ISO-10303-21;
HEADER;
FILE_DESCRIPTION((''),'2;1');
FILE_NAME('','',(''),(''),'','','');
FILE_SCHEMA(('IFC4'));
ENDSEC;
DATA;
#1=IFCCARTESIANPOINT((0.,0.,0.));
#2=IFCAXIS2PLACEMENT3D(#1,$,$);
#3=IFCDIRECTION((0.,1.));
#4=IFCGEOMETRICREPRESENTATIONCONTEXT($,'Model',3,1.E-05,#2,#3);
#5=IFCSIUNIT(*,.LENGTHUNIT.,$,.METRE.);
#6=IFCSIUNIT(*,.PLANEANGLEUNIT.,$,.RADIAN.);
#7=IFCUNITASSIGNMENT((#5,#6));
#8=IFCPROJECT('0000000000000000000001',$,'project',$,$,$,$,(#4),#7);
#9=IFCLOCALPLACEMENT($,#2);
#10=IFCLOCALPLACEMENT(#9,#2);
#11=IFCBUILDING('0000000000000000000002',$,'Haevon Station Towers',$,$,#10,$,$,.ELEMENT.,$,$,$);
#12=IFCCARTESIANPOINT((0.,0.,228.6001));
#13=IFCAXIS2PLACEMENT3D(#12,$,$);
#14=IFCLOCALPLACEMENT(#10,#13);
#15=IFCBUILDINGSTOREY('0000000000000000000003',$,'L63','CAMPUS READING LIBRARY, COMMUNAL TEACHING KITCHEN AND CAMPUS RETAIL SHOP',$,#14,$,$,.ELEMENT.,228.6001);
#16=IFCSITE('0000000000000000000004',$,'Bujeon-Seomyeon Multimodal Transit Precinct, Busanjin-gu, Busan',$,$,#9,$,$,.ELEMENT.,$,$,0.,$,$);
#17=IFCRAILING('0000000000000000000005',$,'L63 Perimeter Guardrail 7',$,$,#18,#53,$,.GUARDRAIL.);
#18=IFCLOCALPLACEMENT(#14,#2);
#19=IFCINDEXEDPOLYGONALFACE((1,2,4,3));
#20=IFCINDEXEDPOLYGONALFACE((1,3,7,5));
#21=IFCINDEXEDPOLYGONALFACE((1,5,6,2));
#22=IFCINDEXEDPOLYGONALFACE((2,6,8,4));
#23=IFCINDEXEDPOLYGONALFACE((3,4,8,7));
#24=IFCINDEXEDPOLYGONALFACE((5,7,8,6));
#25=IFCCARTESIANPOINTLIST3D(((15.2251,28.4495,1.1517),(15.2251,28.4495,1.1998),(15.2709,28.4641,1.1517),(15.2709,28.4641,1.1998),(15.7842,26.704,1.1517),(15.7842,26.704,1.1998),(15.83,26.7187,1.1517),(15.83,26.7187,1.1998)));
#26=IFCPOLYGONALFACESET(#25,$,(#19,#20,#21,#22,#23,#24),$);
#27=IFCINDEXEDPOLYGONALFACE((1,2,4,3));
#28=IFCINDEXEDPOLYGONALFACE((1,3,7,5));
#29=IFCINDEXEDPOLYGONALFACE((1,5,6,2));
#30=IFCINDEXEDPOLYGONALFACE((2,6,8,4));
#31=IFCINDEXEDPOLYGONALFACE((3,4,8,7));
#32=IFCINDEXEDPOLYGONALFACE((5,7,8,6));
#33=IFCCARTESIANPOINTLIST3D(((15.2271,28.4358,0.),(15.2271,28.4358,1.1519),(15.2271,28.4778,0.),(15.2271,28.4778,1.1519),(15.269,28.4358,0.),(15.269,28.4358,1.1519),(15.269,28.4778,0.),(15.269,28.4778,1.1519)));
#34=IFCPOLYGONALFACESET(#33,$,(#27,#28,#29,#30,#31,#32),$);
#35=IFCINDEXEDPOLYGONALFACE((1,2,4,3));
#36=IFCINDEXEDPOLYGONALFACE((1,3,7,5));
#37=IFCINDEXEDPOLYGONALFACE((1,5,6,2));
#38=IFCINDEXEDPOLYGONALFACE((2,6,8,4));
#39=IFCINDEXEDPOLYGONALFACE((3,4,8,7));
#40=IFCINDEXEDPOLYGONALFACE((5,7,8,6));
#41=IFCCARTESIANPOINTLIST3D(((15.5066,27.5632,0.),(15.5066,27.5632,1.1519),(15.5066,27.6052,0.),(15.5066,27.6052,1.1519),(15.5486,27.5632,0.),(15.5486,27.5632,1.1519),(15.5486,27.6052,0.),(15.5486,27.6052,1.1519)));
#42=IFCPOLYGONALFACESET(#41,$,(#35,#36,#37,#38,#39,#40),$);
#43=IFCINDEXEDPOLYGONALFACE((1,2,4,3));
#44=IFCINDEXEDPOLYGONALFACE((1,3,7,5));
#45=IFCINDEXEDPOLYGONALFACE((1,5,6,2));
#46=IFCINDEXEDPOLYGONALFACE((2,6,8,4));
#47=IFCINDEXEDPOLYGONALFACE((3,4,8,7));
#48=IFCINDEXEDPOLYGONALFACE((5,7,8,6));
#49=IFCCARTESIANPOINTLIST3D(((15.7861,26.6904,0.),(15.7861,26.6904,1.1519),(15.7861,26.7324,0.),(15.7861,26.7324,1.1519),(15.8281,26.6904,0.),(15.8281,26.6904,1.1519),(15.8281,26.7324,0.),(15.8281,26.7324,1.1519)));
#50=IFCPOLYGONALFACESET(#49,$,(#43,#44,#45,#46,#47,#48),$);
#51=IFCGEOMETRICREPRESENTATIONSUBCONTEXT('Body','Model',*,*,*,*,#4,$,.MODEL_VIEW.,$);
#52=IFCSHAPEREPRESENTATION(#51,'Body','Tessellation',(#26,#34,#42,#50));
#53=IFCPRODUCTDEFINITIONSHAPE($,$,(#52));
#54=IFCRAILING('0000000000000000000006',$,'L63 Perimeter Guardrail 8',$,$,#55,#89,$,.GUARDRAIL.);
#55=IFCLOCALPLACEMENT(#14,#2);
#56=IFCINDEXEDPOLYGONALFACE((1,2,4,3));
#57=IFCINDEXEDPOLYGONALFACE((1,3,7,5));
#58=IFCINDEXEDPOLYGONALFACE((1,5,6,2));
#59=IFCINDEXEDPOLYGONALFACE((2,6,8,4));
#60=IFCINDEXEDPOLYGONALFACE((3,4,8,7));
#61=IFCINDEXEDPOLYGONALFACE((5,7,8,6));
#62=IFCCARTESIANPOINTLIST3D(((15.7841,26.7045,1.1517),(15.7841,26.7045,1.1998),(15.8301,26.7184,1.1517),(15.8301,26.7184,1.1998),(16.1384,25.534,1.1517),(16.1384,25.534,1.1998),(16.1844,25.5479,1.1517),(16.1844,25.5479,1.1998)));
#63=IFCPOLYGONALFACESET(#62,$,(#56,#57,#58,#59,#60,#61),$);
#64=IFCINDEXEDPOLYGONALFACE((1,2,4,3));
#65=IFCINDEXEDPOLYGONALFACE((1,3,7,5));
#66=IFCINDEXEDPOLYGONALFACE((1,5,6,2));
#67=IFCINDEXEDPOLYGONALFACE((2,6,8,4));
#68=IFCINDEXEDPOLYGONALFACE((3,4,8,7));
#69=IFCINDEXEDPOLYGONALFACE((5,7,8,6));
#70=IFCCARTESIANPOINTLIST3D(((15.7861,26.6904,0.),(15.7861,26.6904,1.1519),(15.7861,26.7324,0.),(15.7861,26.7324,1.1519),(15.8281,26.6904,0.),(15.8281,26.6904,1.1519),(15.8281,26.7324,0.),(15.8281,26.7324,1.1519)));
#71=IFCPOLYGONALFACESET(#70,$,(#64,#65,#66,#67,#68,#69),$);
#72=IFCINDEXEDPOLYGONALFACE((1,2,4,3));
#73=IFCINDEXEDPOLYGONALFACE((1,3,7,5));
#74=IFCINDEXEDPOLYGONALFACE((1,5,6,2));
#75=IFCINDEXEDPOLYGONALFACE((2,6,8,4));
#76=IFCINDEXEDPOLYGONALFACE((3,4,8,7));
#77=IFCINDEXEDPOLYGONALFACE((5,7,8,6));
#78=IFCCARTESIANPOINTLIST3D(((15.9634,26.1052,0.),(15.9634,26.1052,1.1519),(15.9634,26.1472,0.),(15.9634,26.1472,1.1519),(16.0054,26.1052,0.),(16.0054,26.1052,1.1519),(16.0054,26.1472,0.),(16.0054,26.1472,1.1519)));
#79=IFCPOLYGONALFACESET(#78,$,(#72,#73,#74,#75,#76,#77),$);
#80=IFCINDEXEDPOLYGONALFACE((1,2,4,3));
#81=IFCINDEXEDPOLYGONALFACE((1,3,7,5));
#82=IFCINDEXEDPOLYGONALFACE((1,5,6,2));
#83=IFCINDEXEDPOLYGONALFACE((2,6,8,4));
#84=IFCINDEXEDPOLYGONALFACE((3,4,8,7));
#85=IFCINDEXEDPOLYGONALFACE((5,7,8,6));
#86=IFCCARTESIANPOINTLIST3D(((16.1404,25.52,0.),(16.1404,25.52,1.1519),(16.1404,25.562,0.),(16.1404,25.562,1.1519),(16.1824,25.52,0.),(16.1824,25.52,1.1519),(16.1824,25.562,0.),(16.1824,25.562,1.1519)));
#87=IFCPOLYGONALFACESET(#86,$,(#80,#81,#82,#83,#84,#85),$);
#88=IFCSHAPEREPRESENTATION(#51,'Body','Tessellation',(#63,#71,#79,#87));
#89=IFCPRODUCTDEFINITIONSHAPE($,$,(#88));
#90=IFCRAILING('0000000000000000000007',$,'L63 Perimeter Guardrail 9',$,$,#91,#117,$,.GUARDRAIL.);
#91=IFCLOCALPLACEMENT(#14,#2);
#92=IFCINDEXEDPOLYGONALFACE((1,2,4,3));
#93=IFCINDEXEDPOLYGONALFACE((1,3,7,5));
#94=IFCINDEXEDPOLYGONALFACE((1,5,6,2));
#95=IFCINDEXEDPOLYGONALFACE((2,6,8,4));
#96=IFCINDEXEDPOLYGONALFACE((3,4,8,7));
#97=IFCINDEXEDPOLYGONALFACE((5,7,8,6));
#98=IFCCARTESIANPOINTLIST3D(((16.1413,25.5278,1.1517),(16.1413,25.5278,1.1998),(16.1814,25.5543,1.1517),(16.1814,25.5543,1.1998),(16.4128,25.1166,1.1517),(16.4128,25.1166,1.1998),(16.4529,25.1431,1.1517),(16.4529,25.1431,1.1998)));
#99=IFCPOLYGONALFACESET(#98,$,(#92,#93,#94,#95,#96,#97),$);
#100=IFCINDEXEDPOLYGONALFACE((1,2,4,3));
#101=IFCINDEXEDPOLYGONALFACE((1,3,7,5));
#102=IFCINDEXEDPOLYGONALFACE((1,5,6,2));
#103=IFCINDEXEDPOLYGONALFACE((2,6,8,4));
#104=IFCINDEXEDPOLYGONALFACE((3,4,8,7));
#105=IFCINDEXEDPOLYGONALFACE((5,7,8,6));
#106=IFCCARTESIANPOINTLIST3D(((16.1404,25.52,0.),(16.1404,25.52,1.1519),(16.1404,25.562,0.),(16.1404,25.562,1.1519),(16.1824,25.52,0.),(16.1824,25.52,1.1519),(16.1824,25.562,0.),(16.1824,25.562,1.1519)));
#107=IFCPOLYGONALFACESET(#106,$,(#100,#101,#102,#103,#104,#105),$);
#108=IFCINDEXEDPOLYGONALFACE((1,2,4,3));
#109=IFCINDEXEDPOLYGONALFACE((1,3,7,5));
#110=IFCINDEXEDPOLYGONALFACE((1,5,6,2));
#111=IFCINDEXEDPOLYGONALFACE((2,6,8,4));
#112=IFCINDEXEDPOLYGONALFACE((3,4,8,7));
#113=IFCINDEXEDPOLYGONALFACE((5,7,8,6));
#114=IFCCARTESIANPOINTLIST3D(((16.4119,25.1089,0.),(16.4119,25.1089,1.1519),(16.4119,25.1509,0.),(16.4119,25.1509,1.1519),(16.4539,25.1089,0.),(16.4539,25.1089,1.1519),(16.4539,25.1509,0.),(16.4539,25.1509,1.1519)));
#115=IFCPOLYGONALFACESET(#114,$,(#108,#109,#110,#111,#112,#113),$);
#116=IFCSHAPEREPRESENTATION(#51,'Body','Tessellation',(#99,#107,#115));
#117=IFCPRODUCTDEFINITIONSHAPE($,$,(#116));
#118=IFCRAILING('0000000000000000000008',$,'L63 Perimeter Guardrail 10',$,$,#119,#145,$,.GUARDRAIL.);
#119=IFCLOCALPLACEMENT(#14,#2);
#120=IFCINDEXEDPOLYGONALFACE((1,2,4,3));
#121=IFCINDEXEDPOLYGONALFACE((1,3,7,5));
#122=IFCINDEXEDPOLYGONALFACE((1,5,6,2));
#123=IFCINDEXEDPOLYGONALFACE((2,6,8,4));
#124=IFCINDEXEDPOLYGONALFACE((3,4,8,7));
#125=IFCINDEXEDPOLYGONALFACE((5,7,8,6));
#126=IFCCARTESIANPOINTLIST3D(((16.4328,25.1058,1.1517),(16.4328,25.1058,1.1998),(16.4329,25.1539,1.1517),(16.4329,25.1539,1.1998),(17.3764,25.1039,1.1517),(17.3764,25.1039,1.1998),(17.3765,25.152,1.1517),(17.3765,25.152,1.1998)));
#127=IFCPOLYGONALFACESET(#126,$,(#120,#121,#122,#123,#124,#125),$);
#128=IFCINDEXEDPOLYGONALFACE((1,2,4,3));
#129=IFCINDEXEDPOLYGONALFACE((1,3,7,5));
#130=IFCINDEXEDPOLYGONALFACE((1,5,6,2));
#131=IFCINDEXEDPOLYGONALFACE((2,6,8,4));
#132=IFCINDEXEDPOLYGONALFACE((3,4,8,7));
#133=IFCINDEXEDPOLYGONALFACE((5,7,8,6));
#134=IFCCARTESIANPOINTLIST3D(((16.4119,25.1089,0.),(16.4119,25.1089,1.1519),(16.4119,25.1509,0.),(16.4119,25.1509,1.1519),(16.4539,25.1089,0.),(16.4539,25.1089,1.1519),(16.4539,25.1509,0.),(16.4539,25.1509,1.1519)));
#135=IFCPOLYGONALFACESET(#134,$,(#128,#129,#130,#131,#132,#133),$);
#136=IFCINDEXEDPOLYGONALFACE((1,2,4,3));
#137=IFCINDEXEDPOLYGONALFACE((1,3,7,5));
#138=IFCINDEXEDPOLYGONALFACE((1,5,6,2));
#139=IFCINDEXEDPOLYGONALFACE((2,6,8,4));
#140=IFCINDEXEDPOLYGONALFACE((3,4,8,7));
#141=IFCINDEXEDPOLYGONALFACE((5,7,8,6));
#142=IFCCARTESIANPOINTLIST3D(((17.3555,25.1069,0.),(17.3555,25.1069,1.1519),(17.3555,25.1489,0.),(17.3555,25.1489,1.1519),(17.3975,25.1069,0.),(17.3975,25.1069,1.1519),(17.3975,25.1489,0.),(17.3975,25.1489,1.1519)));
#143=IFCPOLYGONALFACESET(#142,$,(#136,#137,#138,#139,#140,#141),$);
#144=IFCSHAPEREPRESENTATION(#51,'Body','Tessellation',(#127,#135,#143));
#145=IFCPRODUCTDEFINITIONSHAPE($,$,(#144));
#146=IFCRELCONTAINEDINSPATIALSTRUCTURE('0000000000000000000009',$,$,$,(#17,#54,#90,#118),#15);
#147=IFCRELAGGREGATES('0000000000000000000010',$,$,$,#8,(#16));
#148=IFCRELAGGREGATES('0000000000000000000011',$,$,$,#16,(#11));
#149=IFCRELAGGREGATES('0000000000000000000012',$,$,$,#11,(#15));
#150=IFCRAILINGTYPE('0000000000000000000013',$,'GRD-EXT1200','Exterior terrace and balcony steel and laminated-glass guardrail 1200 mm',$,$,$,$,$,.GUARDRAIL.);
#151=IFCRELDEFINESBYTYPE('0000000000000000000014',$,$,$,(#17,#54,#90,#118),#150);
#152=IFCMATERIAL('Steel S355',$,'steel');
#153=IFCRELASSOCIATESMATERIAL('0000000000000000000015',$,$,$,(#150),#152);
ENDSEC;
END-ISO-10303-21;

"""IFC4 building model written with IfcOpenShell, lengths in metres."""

from ifc_helpers import new_model, si_unit, direction, frame, origin, origin_2d, place, context, subcontext, project, spatial, rectangle, extrude, material, type_object, element, save


model = new_model("IFC4")

# Units and contexts
model_context = context("Model", 3, precision=1e-05, world=origin(), true_north=direction((0.0, 1.0)))
body_context = subcontext(model_context, "Body", "Model", "MODEL_VIEW")
ifc_project = project(units=[si_unit("LENGTHUNIT", "METRE"), si_unit("PLANEANGLEUNIT", "RADIAN")], contexts=[model_context])

# Site, building, storey
site_placement = place(None, origin())
site = spatial("IfcSite", under=ifc_project, at=site_placement, Name="Bujeon-Seomyeon Multimodal Transit Precinct, Busanjin-gu, Busan", CompositionType="ELEMENT", RefElevation=0.0)
building_placement = place(site_placement, origin())
building = spatial("IfcBuilding", under=site, at=building_placement, Name="Haevon Station Towers", CompositionType="ELEMENT")
storey_placement = place(building_placement, frame((0.0, 0.0, 228.6001)))
storey = spatial("IfcBuildingStorey", under=building, at=storey_placement, Name="L63", Description="CAMPUS READING LIBRARY, COMMUNAL TEACHING KITCHEN AND CAMPUS RETAIL SHOP", CompositionType="ELEMENT", Elevation=228.6001)

# Shared definitions
ifc_material_1 = material(Name="Steel S355", Category="steel")

# Railings
railing_type = type_object("IfcRailingType", Name="GRD-EXT1200", Description="Exterior terrace and balcony steel and laminated-glass guardrail 1200 mm", PredefinedType="GUARDRAIL", material=ifc_material_1)
railing_1_placement = place(storey_placement, frame((15.248, 28.4568, 0.0)))
element("IfcRailing", 1, at=railing_1_placement, inside=storey, type_object=railing_type, Name="L63 Perimeter Guardrail 7", PredefinedType="GUARDRAIL", context=body_context, shape_type="SweptSolid", body=[
    extrude(rectangle(XDim=0.0481, YDim=0.0481, at=origin_2d()), frame((0.0, 0.0, 1.1758), z_axis=(0.305056, -0.952334, 0.0), x_axis=(0.952334, 0.305056, 0.0)), (0.0, 0.0, 1.0), 1.8328),
    extrude(rectangle(XDim=0.042, YDim=0.042, at=origin_2d()), origin(), (0.0, 0.0, 1.0), 1.1519),
    extrude(rectangle(XDim=0.042, YDim=0.042, at=origin_2d()), frame((0.2795, -0.8726, 0.0)), (0.0, 0.0, 1.0), 1.1519),
    extrude(rectangle(XDim=0.042, YDim=0.042, at=origin_2d()), frame((0.5591, -1.7454, 0.0)), (0.0, 0.0, 1.0), 1.1519),
])
railing_2_placement = place(storey_placement, frame((15.8071, 26.7114, 0.0)))
element("IfcRailing", 2, at=railing_2_placement, inside=storey, type_object=railing_type, Name="L63 Perimeter Guardrail 8", PredefinedType="GUARDRAIL", context=body_context, shape_type="SweptSolid", body=[
    extrude(rectangle(XDim=0.0481, YDim=0.0481, at=origin_2d()), frame((0.0, 0.0, 1.1758), z_axis=(0.289692, -0.95712, 0.0), x_axis=(0.95712, 0.289692, 0.0)), (0.0, 0.0, 1.0), 1.2229),
    extrude(rectangle(XDim=0.042, YDim=0.042, at=origin_2d()), origin(), (0.0, 0.0, 1.0), 1.1519),
    extrude(rectangle(XDim=0.042, YDim=0.042, at=origin_2d()), frame((0.1772, -0.5852, 0.0)), (0.0, 0.0, 1.0), 1.1519),
    extrude(rectangle(XDim=0.042, YDim=0.042, at=origin_2d()), frame((0.3542, -1.1704, 0.0)), (0.0, 0.0, 1.0), 1.1519),
])
railing_3_placement = place(storey_placement, frame((16.1614, 25.541, 0.0)))
element("IfcRailing", 3, at=railing_3_placement, inside=storey, type_object=railing_type, Name="L63 Perimeter Guardrail 9", PredefinedType="GUARDRAIL", context=body_context, shape_type="SweptSolid", body=[
    extrude(rectangle(XDim=0.0481, YDim=0.0481, at=origin_2d()), frame((0.0, 0.0, 1.1758), z_axis=(0.551035, -0.834482, 0.0), x_axis=(0.834482, 0.551035, 0.0)), (0.0, 0.0, 1.0), 0.4927),
    extrude(rectangle(XDim=0.042, YDim=0.042, at=origin_2d()), origin(), (0.0, 0.0, 1.0), 1.1519),
    extrude(rectangle(XDim=0.042, YDim=0.042, at=origin_2d()), frame((0.2715, -0.4111, 0.0)), (0.0, 0.0, 1.0), 1.1519),
])
railing_4_placement = place(storey_placement, frame((16.4329, 25.1299, 0.0)))
element("IfcRailing", 4, at=railing_4_placement, inside=storey, type_object=railing_type, Name="L63 Perimeter Guardrail 10", PredefinedType="GUARDRAIL", context=body_context, shape_type="SweptSolid", body=[
    extrude(rectangle(XDim=0.0481, YDim=0.0481, at=origin_2d()), frame((0.0, 0.0, 1.1758), z_axis=(0.999998, -0.00207, 0.0), x_axis=(0.00207, 0.999998, 0.0)), (0.0, 0.0, 1.0), 0.9436),
    extrude(rectangle(XDim=0.042, YDim=0.042, at=origin_2d()), origin(), (0.0, 0.0, 1.0), 1.1519),
    extrude(rectangle(XDim=0.042, YDim=0.042, at=origin_2d()), frame((0.9436, -0.002, 0.0)), (0.0, 0.0, 1.0), 1.1519),
])

save(model, "model.ifc")
